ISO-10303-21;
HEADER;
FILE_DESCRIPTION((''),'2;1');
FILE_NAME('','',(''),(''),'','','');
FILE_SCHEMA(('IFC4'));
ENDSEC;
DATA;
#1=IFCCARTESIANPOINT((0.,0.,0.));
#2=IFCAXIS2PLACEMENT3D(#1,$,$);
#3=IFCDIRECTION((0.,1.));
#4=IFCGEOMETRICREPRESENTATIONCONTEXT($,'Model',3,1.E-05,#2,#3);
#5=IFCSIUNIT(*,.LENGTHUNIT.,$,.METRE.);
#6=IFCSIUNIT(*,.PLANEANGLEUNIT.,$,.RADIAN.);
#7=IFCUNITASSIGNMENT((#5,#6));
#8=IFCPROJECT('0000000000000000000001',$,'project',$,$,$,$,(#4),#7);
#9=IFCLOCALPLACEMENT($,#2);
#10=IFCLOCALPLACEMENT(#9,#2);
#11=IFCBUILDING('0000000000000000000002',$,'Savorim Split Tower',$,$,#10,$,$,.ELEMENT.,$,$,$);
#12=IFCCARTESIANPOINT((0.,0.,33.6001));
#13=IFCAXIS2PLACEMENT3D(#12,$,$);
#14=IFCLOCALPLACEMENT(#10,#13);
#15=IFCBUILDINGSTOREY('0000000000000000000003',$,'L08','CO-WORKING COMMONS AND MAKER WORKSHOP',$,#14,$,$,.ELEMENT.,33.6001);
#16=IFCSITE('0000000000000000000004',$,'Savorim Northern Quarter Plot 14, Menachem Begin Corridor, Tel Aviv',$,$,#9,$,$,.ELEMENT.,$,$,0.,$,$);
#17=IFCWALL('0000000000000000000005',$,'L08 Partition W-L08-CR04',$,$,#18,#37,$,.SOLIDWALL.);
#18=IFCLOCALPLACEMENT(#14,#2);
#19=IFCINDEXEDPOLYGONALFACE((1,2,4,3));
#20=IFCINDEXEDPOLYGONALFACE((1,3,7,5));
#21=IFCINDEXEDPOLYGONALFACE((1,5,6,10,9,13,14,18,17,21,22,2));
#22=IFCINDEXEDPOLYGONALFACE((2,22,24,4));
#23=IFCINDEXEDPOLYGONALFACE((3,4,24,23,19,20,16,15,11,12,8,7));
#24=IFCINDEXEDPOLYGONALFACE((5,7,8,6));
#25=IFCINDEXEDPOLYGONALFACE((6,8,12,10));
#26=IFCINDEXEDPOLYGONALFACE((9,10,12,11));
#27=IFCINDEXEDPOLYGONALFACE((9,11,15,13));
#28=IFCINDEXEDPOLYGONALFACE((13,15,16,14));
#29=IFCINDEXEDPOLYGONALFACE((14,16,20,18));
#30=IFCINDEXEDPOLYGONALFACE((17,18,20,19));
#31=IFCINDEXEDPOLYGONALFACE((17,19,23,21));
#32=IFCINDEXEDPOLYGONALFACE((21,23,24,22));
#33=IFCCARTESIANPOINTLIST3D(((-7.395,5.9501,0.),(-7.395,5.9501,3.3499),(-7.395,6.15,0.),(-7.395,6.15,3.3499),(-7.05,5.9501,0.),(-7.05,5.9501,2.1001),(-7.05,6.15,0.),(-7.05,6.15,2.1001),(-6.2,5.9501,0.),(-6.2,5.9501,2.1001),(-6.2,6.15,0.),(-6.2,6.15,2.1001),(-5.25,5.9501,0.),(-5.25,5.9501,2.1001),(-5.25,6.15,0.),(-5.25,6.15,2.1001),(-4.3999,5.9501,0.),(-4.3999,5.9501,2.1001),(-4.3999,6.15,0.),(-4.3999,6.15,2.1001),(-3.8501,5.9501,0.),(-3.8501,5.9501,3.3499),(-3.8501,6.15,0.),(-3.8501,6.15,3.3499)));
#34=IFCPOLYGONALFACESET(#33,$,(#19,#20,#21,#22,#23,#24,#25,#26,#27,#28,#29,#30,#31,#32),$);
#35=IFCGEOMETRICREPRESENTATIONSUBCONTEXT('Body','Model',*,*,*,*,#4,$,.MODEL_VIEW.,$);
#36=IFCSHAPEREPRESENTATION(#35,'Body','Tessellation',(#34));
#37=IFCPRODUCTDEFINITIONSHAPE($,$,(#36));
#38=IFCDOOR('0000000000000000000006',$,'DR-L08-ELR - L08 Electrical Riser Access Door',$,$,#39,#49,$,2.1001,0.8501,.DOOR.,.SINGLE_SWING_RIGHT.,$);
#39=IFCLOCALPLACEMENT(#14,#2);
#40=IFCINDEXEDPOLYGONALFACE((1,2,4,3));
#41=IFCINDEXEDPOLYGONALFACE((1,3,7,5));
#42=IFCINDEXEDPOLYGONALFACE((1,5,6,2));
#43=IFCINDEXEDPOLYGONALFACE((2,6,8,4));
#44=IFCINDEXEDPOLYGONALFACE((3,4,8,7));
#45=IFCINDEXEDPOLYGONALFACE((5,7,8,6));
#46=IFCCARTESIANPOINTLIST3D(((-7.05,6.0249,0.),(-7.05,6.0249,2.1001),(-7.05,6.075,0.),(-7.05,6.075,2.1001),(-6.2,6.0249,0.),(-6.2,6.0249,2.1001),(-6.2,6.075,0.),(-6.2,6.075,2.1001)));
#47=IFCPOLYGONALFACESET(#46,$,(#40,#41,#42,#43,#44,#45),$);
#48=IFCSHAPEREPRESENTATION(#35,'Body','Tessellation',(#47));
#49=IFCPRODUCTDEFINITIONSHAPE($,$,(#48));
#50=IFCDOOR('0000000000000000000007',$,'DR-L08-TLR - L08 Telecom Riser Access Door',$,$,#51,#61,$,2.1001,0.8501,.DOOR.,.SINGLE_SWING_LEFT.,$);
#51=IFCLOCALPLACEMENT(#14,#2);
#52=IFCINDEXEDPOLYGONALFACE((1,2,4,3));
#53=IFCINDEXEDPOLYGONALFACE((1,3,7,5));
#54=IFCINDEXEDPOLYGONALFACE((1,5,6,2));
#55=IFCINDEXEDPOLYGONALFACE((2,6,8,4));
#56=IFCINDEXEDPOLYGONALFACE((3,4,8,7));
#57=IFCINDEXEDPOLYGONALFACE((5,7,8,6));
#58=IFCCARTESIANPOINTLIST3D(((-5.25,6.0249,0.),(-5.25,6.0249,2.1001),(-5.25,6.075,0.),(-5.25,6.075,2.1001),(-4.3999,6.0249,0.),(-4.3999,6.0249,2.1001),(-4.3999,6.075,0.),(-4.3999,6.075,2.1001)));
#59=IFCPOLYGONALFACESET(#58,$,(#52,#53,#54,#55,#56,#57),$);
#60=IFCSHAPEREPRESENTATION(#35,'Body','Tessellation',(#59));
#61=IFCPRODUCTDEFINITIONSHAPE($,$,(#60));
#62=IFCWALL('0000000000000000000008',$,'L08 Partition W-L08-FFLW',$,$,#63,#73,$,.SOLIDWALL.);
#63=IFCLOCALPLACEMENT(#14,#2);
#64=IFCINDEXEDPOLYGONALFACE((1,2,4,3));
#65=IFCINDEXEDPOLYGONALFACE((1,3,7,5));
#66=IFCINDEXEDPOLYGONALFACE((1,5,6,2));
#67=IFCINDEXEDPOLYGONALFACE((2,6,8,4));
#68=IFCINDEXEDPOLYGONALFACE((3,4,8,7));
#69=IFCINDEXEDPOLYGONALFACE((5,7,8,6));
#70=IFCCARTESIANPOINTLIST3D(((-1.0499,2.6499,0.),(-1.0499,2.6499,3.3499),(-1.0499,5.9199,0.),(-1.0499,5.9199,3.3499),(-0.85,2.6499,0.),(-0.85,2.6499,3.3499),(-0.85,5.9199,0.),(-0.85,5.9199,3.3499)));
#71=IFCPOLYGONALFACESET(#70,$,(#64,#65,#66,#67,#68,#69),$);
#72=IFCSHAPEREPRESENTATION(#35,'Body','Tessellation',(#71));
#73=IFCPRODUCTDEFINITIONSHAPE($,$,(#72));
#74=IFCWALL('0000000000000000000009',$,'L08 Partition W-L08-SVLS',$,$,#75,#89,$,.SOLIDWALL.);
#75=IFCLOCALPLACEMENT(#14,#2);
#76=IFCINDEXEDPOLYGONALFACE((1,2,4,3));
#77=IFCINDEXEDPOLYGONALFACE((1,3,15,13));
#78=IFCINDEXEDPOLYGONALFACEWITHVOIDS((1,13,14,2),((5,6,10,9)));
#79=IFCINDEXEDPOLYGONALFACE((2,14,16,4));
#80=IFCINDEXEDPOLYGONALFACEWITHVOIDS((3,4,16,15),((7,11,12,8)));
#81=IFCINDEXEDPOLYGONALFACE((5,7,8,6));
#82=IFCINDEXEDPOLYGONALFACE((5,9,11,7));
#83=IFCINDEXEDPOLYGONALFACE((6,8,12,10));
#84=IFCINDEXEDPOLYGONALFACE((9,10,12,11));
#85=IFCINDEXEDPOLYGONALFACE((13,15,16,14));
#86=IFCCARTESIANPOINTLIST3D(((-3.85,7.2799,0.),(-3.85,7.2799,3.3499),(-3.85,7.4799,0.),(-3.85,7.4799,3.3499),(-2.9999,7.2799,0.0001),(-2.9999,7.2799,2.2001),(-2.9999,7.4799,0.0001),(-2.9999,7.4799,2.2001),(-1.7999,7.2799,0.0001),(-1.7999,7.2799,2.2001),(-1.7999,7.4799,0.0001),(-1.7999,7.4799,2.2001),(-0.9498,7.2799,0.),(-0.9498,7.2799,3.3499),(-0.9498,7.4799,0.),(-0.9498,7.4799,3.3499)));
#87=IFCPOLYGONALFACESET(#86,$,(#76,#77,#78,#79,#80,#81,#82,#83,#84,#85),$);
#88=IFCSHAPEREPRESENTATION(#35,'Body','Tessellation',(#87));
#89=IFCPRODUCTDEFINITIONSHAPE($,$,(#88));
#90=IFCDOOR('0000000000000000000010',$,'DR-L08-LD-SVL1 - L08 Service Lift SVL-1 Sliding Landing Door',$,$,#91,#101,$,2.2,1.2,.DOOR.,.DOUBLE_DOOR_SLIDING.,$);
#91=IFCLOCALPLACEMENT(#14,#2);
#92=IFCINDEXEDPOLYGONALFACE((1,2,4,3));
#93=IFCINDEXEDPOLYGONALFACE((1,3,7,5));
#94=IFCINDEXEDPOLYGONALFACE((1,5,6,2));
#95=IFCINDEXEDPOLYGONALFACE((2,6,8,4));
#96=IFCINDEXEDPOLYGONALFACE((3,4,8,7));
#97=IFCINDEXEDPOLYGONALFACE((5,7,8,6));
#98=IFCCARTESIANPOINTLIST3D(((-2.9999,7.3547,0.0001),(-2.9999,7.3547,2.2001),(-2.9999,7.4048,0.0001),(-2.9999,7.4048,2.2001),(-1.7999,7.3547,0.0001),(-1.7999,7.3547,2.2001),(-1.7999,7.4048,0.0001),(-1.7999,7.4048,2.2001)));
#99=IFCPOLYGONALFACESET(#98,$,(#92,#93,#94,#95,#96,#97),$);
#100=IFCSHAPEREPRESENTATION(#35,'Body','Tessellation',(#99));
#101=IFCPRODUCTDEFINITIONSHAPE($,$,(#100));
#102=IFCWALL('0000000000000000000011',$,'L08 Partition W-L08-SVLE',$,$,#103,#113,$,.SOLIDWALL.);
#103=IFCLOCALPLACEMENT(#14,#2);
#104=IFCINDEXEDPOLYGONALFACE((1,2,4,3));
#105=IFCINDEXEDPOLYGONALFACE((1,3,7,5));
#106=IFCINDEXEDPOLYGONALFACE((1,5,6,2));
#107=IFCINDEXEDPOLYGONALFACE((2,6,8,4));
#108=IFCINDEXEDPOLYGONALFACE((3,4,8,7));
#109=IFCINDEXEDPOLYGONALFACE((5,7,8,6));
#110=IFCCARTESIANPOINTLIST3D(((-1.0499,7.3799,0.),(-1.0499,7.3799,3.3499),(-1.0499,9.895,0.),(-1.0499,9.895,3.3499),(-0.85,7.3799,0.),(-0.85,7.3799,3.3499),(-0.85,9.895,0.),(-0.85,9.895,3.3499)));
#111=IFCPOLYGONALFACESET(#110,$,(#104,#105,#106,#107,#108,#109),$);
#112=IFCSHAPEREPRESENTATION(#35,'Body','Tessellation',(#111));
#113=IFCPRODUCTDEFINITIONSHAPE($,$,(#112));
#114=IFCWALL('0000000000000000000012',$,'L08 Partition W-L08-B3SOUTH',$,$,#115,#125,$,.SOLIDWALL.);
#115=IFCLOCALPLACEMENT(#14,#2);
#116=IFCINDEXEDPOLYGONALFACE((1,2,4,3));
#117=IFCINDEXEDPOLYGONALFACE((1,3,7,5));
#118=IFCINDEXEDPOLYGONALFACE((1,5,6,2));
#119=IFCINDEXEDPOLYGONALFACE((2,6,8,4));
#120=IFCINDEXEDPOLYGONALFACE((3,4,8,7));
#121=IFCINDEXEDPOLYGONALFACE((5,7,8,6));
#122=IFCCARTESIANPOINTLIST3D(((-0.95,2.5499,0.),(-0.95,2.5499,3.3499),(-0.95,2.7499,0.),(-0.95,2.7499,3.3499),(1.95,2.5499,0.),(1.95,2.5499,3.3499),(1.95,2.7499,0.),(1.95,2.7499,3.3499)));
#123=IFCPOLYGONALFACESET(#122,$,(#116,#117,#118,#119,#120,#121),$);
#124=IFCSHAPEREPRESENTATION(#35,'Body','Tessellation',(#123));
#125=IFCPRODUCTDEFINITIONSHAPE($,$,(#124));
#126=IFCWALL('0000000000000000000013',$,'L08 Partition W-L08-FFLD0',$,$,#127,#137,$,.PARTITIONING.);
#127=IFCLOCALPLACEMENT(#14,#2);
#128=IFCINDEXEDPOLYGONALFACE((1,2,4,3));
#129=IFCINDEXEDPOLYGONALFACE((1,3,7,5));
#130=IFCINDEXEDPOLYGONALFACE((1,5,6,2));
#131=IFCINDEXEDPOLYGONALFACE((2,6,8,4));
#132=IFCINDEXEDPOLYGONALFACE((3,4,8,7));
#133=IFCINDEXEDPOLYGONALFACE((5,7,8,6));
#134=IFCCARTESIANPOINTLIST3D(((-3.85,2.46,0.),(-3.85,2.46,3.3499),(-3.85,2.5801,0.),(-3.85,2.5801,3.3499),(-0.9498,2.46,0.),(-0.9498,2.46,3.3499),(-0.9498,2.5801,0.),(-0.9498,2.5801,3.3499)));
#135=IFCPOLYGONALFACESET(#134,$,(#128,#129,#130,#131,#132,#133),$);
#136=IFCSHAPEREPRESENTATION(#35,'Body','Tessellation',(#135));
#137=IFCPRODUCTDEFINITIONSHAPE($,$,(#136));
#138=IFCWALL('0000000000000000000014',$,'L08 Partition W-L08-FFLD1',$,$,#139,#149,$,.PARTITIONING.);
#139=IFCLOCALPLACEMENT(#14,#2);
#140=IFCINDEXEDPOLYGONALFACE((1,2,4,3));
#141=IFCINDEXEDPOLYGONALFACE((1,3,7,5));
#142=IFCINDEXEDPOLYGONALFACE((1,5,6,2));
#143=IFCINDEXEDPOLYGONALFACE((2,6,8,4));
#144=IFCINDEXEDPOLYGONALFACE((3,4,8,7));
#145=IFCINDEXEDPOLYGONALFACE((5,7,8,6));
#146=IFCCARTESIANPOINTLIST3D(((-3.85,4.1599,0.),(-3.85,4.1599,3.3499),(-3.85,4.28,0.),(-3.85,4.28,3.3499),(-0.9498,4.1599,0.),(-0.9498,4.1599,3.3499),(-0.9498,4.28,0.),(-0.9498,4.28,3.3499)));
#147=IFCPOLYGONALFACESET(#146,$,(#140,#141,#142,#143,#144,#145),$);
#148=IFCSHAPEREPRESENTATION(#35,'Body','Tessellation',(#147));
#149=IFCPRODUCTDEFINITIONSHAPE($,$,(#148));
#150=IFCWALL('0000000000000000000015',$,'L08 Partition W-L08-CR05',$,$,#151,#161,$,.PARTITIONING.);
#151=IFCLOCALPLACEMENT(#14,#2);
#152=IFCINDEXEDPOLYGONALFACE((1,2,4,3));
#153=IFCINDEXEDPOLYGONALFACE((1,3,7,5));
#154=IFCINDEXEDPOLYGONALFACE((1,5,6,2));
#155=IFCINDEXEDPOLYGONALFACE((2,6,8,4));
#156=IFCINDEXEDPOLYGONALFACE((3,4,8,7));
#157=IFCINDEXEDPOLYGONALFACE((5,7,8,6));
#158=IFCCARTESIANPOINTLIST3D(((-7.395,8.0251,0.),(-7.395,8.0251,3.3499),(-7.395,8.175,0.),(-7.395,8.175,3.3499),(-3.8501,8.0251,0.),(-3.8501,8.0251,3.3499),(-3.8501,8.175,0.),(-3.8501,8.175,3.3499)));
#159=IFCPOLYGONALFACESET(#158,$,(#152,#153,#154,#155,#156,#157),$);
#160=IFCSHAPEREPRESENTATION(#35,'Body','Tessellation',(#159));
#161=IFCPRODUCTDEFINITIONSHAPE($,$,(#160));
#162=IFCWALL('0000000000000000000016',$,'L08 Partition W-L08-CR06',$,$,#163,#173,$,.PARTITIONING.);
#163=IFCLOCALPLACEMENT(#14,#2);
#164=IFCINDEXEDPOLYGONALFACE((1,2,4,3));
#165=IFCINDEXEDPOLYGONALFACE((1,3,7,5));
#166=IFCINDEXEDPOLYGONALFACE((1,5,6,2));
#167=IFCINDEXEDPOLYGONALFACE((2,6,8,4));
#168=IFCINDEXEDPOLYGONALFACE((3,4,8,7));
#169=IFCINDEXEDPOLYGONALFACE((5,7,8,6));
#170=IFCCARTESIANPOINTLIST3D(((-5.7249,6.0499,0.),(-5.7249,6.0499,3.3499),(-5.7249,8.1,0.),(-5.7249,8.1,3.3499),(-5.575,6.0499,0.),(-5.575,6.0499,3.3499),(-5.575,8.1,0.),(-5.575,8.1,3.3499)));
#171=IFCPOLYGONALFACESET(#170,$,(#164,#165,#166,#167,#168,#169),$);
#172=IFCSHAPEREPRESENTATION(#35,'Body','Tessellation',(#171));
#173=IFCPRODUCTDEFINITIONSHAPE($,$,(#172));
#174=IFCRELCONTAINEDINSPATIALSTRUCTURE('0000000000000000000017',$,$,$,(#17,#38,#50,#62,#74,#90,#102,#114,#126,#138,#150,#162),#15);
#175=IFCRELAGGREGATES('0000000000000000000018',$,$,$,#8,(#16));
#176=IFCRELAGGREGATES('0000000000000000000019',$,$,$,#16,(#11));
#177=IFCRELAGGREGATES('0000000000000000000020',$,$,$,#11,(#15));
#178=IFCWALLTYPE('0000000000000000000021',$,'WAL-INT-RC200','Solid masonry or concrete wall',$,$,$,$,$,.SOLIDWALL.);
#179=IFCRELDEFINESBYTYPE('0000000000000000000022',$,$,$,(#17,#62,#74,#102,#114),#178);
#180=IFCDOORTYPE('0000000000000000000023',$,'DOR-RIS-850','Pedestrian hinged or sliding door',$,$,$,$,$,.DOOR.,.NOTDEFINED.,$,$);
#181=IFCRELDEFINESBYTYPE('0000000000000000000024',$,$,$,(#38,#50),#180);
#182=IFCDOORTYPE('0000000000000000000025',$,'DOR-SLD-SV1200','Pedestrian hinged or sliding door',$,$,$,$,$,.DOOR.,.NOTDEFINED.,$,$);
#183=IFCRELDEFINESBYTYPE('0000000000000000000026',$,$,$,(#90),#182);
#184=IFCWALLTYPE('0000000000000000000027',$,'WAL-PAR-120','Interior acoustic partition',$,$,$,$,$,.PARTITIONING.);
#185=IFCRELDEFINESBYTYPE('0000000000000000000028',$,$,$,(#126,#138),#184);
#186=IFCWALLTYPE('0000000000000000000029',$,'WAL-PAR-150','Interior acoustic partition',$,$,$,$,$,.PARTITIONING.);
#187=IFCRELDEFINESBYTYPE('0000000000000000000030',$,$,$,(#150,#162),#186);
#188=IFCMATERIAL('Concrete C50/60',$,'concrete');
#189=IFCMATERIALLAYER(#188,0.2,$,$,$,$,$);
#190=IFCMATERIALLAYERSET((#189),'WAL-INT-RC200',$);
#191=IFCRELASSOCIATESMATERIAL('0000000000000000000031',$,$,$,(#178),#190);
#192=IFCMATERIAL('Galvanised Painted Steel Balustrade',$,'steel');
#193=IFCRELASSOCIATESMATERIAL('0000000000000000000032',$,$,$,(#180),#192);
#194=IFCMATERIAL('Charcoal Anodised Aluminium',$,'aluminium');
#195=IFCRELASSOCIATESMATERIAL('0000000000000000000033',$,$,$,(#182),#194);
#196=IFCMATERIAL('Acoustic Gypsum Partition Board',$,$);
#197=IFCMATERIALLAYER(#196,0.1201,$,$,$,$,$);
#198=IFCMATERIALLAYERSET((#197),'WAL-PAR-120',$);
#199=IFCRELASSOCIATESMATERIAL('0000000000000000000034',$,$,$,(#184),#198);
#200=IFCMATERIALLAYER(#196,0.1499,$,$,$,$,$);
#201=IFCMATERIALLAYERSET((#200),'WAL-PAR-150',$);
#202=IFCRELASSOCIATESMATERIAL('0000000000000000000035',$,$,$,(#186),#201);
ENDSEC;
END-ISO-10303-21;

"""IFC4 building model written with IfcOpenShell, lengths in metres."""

from ifc_helpers import new_model, si_unit, direction, frame, frame_2d, origin, place, context, subcontext, project, spatial, rectangle, extrude, material, layer, layer_set, type_object, element, fill, save


model = new_model("IFC4")

# Units and contexts
model_context = context("Model", 3, precision=1e-05, world=origin(), true_north=direction((0.0, 1.0)))
body_context = subcontext(model_context, "Body", "Model", "MODEL_VIEW")
ifc_project = project(units=[si_unit("LENGTHUNIT", "METRE"), si_unit("PLANEANGLEUNIT", "RADIAN")], contexts=[model_context])

# Site, building, storey
site_placement = place(None, origin())
site = spatial("IfcSite", under=ifc_project, at=site_placement, Name="Savorim Northern Quarter Plot 14, Menachem Begin Corridor, Tel Aviv", CompositionType="ELEMENT", RefElevation=0.0)
building_placement = place(site_placement, origin())
building = spatial("IfcBuilding", under=site, at=building_placement, Name="Savorim Split Tower", CompositionType="ELEMENT")
storey_placement = place(building_placement, frame((0.0, 0.0, 33.6001)))
storey = spatial("IfcBuildingStorey", under=building, at=storey_placement, Name="L08", Description="CO-WORKING COMMONS AND MAKER WORKSHOP", CompositionType="ELEMENT", Elevation=33.6001)

# Shared definitions
ifc_material_1 = material(Name="Charcoal Anodised Aluminium", Category="aluminium")

# Wall, openings, doors
ifc_material_2 = material(Name="Concrete C50/60", Category="concrete")
ifc_layer_1 = layer(ifc_material_2, 0.2)
ifc_layer_set_1 = layer_set([ifc_layer_1], Name="WAL-INT-RC200")
wall_type_1 = type_object("IfcWallType", Name="WAL-INT-RC200", Description="Solid masonry or concrete wall", PredefinedType="SOLIDWALL", material=ifc_layer_set_1)
wall_1_placement = place(storey_placement, frame((-7.395, 6.05, 0.0), z_axis=(0.0, 0.0, 1.0), x_axis=(1.0, 0.0, 0.0)))
wall_1 = element("IfcWall", 1, at=wall_1_placement, inside=storey, type_object=wall_type_1, Name="L08 Partition W-L08-CR04", PredefinedType="SOLIDWALL", context=body_context, shape_type="SweptSolid", body=[
    extrude(rectangle(XDim=3.5449, YDim=0.2, at=frame_2d((1.7725, 0.0))), origin(), (0.0, 0.0, 1.0), 3.3499),
])
opening_1_placement = place(wall_1_placement, frame((0.345, 0.0, 0.0)))
opening_1 = element("IfcOpeningElement", 2, at=opening_1_placement, cuts=wall_1, PredefinedType="OPENING", context=body_context, shape_type="SweptSolid", body=[
    extrude(rectangle(XDim=0.8501, YDim=2.1001, at=frame_2d((0.425, 1.05))), frame((0.0, 0.1099, 0.0), z_axis=(0.0, -1.0, 0.0), x_axis=(1.0, 0.0, 0.0)), (0.0, 0.0, 1.0), 0.22),
])
opening_2_placement = place(wall_1_placement, frame((2.145, 0.0, 0.0)))
opening_2 = element("IfcOpeningElement", 3, at=opening_2_placement, cuts=wall_1, PredefinedType="OPENING", context=body_context, shape_type="SweptSolid", body=[
    extrude(rectangle(XDim=0.8501, YDim=2.1001, at=frame_2d((0.425, 1.05))), frame((0.0, 0.1099, 0.0), z_axis=(0.0, -1.0, 0.0), x_axis=(1.0, 0.0, 0.0)), (0.0, 0.0, 1.0), 0.22),
])
ifc_material_3 = material(Name="Galvanised Painted Steel Balustrade", Category="steel")
door_type_1 = type_object("IfcDoorType", Name="DOR-RIS-850", Description="Pedestrian hinged or sliding door", OperationType="NOTDEFINED", PredefinedType="DOOR", material=ifc_material_3)
door_1_placement = place(opening_1_placement, origin())
door_1 = element("IfcDoor", 4, at=door_1_placement, inside=storey, type_object=door_type_1, Name="DR-L08-ELR - L08 Electrical Riser Access Door", OperationType="SINGLE_SWING_RIGHT", OverallHeight=2.1001, OverallWidth=0.8501, PredefinedType="DOOR", context=body_context, shape_type="SweptSolid", body=[
    extrude(rectangle(XDim=0.8501, YDim=2.1001, at=frame_2d((0.425, 1.05))), frame((0.0, 0.0249, 0.0), z_axis=(0.0, -1.0, 0.0), x_axis=(1.0, 0.0, 0.0)), (0.0, 0.0, 1.0), 0.05),
])
fill(opening_1, door_1)
door_2_placement = place(opening_2_placement, origin())
door_2 = element("IfcDoor", 5, at=door_2_placement, inside=storey, type_object=door_type_1, Name="DR-L08-TLR - L08 Telecom Riser Access Door", OperationType="SINGLE_SWING_LEFT", OverallHeight=2.1001, OverallWidth=0.8501, PredefinedType="DOOR", context=body_context, shape_type="SweptSolid", body=[
    extrude(rectangle(XDim=0.8501, YDim=2.1001, at=frame_2d((0.425, 1.05))), frame((0.0, 0.0249, 0.0), z_axis=(0.0, -1.0, 0.0), x_axis=(1.0, 0.0, 0.0)), (0.0, 0.0, 1.0), 0.05),
])
fill(opening_2, door_2)

# Wall
wall_2_placement = place(storey_placement, frame((-0.95, 2.6499, 0.0), z_axis=(0.0, 0.0, 1.0), x_axis=(0.0, 1.0, 0.0)))
element("IfcWall", 6, at=wall_2_placement, inside=storey, type_object=wall_type_1, Name="L08 Partition W-L08-FFLW", PredefinedType="SOLIDWALL", context=body_context, shape_type="SweptSolid", body=[
    extrude(rectangle(XDim=3.27, YDim=0.2, at=frame_2d((1.635, 0.0))), origin(), (0.0, 0.0, 1.0), 3.3499),
])

# Wall, opening, door
wall_3_placement = place(storey_placement, frame((-3.8501, 7.3799, 0.0), z_axis=(0.0, 0.0, 1.0), x_axis=(1.0, 0.0, 0.0)))
wall_3 = element("IfcWall", 7, at=wall_3_placement, inside=storey, type_object=wall_type_1, Name="L08 Partition W-L08-SVLS", PredefinedType="SOLIDWALL", context=body_context, shape_type="SweptSolid", body=[
    extrude(rectangle(XDim=2.9001, YDim=0.2, at=frame_2d((1.4502, 0.0))), origin(), (0.0, 0.0, 1.0), 3.3499),
])
opening_3_placement = place(wall_3_placement, frame((0.8501, 0.0, 0.0)))
opening_3 = element("IfcOpeningElement", 8, at=opening_3_placement, cuts=wall_3, PredefinedType="OPENING", context=body_context, shape_type="SweptSolid", body=[
    extrude(rectangle(XDim=1.2, YDim=2.2, at=frame_2d((0.6001, 1.1001))), frame((0.0, 0.1099, 0.0), z_axis=(0.0, -1.0, 0.0), x_axis=(1.0, 0.0, 0.0)), (0.0, 0.0, 1.0), 0.22),
])
door_type_2 = type_object("IfcDoorType", Name="DOR-SLD-SV1200", Description="Pedestrian hinged or sliding door", OperationType="NOTDEFINED", PredefinedType="DOOR", material=ifc_material_1)
door_3_placement = place(opening_3_placement, origin())
door_3 = element("IfcDoor", 9, at=door_3_placement, inside=storey, type_object=door_type_2, Name="DR-L08-LD-SVL1 - L08 Service Lift SVL-1 Sliding Landing Door", OperationType="DOUBLE_DOOR_SLIDING", OverallHeight=2.2, OverallWidth=1.2, PredefinedType="DOOR", context=body_context, shape_type="SweptSolid", body=[
    extrude(rectangle(XDim=1.2, YDim=2.2, at=frame_2d((0.6001, 1.1001))), frame((0.0, 0.0249, 0.0), z_axis=(0.0, -1.0, 0.0), x_axis=(1.0, 0.0, 0.0)), (0.0, 0.0, 1.0), 0.05),
])
fill(opening_3, door_3)

# Walls
wall_4_placement = place(storey_placement, frame((-0.95, 7.3799, 0.0), z_axis=(0.0, 0.0, 1.0), x_axis=(0.0, 1.0, 0.0)))
element("IfcWall", 10, at=wall_4_placement, inside=storey, type_object=wall_type_1, Name="L08 Partition W-L08-SVLE", PredefinedType="SOLIDWALL", context=body_context, shape_type="SweptSolid", body=[
    extrude(rectangle(XDim=2.5151, YDim=0.2, at=frame_2d((1.2576, 0.0))), origin(), (0.0, 0.0, 1.0), 3.3499),
])
wall_5_placement = place(storey_placement, frame((-0.95, 2.6499, 0.0), z_axis=(0.0, 0.0, 1.0), x_axis=(1.0, 0.0, 0.0)))
element("IfcWall", 11, at=wall_5_placement, inside=storey, type_object=wall_type_1, Name="L08 Partition W-L08-B3SOUTH", PredefinedType="SOLIDWALL", context=body_context, shape_type="SweptSolid", body=[
    extrude(rectangle(XDim=2.8999, YDim=0.2, at=frame_2d((1.45, 0.0))), origin(), (0.0, 0.0, 1.0), 3.3499),
])
ifc_material_4 = material(Name="Acoustic Gypsum Partition Board")
ifc_layer_2 = layer(ifc_material_4, 0.1201)
ifc_layer_set_2 = layer_set([ifc_layer_2], Name="WAL-PAR-120")
wall_type_2 = type_object("IfcWallType", Name="WAL-PAR-120", Description="Interior acoustic partition", PredefinedType="PARTITIONING", material=ifc_layer_set_2)
for number, where, z_axis, x_axis, name in (
    (12, (-3.8501, 2.52, 0.0), (0.0, 0.0, 1.0), (1.0, 0.0, 0.0), "L08 Partition W-L08-FFLD0"),
    (13, (-3.8501, 4.22, 0.0), (0.0, 0.0, 1.0), (1.0, 0.0, 0.0), "L08 Partition W-L08-FFLD1"),
):
    element("IfcWall", number, at=place(storey_placement, frame(where, z_axis=z_axis, x_axis=x_axis)), inside=storey, type_object=wall_type_2, Name=name, PredefinedType="PARTITIONING", context=body_context, shape_type="SweptSolid", body=[
        extrude(rectangle(XDim=2.9001, YDim=0.1201, at=frame_2d((1.4502, 0.0))), origin(), (0.0, 0.0, 1.0), 3.3499),
    ])
ifc_layer_3 = layer(ifc_material_4, 0.1499)
ifc_layer_set_3 = layer_set([ifc_layer_3], Name="WAL-PAR-150")
wall_type_3 = type_object("IfcWallType", Name="WAL-PAR-150", Description="Interior acoustic partition", PredefinedType="PARTITIONING", material=ifc_layer_set_3)
wall_6_placement = place(storey_placement, frame((-7.395, 8.1001, 0.0), z_axis=(0.0, 0.0, 1.0), x_axis=(1.0, 0.0, 0.0)))
element("IfcWall", 14, at=wall_6_placement, inside=storey, type_object=wall_type_3, Name="L08 Partition W-L08-CR05", PredefinedType="PARTITIONING", context=body_context, shape_type="SweptSolid", body=[
    extrude(rectangle(XDim=3.5449, YDim=0.1499, at=frame_2d((1.7725, 0.0))), origin(), (0.0, 0.0, 1.0), 3.3499),
])
wall_7_placement = place(storey_placement, frame((-5.6499, 6.05, 0.0), z_axis=(0.0, 0.0, 1.0), x_axis=(0.0, 1.0, 0.0)))
element("IfcWall", 15, at=wall_7_placement, inside=storey, type_object=wall_type_3, Name="L08 Partition W-L08-CR06", PredefinedType="PARTITIONING", context=body_context, shape_type="SweptSolid", body=[
    extrude(rectangle(XDim=2.05, YDim=0.1499, at=frame_2d((1.0249, 0.0))), origin(), (0.0, 0.0, 1.0), 3.3499),
])

save(model, "model.ifc")
